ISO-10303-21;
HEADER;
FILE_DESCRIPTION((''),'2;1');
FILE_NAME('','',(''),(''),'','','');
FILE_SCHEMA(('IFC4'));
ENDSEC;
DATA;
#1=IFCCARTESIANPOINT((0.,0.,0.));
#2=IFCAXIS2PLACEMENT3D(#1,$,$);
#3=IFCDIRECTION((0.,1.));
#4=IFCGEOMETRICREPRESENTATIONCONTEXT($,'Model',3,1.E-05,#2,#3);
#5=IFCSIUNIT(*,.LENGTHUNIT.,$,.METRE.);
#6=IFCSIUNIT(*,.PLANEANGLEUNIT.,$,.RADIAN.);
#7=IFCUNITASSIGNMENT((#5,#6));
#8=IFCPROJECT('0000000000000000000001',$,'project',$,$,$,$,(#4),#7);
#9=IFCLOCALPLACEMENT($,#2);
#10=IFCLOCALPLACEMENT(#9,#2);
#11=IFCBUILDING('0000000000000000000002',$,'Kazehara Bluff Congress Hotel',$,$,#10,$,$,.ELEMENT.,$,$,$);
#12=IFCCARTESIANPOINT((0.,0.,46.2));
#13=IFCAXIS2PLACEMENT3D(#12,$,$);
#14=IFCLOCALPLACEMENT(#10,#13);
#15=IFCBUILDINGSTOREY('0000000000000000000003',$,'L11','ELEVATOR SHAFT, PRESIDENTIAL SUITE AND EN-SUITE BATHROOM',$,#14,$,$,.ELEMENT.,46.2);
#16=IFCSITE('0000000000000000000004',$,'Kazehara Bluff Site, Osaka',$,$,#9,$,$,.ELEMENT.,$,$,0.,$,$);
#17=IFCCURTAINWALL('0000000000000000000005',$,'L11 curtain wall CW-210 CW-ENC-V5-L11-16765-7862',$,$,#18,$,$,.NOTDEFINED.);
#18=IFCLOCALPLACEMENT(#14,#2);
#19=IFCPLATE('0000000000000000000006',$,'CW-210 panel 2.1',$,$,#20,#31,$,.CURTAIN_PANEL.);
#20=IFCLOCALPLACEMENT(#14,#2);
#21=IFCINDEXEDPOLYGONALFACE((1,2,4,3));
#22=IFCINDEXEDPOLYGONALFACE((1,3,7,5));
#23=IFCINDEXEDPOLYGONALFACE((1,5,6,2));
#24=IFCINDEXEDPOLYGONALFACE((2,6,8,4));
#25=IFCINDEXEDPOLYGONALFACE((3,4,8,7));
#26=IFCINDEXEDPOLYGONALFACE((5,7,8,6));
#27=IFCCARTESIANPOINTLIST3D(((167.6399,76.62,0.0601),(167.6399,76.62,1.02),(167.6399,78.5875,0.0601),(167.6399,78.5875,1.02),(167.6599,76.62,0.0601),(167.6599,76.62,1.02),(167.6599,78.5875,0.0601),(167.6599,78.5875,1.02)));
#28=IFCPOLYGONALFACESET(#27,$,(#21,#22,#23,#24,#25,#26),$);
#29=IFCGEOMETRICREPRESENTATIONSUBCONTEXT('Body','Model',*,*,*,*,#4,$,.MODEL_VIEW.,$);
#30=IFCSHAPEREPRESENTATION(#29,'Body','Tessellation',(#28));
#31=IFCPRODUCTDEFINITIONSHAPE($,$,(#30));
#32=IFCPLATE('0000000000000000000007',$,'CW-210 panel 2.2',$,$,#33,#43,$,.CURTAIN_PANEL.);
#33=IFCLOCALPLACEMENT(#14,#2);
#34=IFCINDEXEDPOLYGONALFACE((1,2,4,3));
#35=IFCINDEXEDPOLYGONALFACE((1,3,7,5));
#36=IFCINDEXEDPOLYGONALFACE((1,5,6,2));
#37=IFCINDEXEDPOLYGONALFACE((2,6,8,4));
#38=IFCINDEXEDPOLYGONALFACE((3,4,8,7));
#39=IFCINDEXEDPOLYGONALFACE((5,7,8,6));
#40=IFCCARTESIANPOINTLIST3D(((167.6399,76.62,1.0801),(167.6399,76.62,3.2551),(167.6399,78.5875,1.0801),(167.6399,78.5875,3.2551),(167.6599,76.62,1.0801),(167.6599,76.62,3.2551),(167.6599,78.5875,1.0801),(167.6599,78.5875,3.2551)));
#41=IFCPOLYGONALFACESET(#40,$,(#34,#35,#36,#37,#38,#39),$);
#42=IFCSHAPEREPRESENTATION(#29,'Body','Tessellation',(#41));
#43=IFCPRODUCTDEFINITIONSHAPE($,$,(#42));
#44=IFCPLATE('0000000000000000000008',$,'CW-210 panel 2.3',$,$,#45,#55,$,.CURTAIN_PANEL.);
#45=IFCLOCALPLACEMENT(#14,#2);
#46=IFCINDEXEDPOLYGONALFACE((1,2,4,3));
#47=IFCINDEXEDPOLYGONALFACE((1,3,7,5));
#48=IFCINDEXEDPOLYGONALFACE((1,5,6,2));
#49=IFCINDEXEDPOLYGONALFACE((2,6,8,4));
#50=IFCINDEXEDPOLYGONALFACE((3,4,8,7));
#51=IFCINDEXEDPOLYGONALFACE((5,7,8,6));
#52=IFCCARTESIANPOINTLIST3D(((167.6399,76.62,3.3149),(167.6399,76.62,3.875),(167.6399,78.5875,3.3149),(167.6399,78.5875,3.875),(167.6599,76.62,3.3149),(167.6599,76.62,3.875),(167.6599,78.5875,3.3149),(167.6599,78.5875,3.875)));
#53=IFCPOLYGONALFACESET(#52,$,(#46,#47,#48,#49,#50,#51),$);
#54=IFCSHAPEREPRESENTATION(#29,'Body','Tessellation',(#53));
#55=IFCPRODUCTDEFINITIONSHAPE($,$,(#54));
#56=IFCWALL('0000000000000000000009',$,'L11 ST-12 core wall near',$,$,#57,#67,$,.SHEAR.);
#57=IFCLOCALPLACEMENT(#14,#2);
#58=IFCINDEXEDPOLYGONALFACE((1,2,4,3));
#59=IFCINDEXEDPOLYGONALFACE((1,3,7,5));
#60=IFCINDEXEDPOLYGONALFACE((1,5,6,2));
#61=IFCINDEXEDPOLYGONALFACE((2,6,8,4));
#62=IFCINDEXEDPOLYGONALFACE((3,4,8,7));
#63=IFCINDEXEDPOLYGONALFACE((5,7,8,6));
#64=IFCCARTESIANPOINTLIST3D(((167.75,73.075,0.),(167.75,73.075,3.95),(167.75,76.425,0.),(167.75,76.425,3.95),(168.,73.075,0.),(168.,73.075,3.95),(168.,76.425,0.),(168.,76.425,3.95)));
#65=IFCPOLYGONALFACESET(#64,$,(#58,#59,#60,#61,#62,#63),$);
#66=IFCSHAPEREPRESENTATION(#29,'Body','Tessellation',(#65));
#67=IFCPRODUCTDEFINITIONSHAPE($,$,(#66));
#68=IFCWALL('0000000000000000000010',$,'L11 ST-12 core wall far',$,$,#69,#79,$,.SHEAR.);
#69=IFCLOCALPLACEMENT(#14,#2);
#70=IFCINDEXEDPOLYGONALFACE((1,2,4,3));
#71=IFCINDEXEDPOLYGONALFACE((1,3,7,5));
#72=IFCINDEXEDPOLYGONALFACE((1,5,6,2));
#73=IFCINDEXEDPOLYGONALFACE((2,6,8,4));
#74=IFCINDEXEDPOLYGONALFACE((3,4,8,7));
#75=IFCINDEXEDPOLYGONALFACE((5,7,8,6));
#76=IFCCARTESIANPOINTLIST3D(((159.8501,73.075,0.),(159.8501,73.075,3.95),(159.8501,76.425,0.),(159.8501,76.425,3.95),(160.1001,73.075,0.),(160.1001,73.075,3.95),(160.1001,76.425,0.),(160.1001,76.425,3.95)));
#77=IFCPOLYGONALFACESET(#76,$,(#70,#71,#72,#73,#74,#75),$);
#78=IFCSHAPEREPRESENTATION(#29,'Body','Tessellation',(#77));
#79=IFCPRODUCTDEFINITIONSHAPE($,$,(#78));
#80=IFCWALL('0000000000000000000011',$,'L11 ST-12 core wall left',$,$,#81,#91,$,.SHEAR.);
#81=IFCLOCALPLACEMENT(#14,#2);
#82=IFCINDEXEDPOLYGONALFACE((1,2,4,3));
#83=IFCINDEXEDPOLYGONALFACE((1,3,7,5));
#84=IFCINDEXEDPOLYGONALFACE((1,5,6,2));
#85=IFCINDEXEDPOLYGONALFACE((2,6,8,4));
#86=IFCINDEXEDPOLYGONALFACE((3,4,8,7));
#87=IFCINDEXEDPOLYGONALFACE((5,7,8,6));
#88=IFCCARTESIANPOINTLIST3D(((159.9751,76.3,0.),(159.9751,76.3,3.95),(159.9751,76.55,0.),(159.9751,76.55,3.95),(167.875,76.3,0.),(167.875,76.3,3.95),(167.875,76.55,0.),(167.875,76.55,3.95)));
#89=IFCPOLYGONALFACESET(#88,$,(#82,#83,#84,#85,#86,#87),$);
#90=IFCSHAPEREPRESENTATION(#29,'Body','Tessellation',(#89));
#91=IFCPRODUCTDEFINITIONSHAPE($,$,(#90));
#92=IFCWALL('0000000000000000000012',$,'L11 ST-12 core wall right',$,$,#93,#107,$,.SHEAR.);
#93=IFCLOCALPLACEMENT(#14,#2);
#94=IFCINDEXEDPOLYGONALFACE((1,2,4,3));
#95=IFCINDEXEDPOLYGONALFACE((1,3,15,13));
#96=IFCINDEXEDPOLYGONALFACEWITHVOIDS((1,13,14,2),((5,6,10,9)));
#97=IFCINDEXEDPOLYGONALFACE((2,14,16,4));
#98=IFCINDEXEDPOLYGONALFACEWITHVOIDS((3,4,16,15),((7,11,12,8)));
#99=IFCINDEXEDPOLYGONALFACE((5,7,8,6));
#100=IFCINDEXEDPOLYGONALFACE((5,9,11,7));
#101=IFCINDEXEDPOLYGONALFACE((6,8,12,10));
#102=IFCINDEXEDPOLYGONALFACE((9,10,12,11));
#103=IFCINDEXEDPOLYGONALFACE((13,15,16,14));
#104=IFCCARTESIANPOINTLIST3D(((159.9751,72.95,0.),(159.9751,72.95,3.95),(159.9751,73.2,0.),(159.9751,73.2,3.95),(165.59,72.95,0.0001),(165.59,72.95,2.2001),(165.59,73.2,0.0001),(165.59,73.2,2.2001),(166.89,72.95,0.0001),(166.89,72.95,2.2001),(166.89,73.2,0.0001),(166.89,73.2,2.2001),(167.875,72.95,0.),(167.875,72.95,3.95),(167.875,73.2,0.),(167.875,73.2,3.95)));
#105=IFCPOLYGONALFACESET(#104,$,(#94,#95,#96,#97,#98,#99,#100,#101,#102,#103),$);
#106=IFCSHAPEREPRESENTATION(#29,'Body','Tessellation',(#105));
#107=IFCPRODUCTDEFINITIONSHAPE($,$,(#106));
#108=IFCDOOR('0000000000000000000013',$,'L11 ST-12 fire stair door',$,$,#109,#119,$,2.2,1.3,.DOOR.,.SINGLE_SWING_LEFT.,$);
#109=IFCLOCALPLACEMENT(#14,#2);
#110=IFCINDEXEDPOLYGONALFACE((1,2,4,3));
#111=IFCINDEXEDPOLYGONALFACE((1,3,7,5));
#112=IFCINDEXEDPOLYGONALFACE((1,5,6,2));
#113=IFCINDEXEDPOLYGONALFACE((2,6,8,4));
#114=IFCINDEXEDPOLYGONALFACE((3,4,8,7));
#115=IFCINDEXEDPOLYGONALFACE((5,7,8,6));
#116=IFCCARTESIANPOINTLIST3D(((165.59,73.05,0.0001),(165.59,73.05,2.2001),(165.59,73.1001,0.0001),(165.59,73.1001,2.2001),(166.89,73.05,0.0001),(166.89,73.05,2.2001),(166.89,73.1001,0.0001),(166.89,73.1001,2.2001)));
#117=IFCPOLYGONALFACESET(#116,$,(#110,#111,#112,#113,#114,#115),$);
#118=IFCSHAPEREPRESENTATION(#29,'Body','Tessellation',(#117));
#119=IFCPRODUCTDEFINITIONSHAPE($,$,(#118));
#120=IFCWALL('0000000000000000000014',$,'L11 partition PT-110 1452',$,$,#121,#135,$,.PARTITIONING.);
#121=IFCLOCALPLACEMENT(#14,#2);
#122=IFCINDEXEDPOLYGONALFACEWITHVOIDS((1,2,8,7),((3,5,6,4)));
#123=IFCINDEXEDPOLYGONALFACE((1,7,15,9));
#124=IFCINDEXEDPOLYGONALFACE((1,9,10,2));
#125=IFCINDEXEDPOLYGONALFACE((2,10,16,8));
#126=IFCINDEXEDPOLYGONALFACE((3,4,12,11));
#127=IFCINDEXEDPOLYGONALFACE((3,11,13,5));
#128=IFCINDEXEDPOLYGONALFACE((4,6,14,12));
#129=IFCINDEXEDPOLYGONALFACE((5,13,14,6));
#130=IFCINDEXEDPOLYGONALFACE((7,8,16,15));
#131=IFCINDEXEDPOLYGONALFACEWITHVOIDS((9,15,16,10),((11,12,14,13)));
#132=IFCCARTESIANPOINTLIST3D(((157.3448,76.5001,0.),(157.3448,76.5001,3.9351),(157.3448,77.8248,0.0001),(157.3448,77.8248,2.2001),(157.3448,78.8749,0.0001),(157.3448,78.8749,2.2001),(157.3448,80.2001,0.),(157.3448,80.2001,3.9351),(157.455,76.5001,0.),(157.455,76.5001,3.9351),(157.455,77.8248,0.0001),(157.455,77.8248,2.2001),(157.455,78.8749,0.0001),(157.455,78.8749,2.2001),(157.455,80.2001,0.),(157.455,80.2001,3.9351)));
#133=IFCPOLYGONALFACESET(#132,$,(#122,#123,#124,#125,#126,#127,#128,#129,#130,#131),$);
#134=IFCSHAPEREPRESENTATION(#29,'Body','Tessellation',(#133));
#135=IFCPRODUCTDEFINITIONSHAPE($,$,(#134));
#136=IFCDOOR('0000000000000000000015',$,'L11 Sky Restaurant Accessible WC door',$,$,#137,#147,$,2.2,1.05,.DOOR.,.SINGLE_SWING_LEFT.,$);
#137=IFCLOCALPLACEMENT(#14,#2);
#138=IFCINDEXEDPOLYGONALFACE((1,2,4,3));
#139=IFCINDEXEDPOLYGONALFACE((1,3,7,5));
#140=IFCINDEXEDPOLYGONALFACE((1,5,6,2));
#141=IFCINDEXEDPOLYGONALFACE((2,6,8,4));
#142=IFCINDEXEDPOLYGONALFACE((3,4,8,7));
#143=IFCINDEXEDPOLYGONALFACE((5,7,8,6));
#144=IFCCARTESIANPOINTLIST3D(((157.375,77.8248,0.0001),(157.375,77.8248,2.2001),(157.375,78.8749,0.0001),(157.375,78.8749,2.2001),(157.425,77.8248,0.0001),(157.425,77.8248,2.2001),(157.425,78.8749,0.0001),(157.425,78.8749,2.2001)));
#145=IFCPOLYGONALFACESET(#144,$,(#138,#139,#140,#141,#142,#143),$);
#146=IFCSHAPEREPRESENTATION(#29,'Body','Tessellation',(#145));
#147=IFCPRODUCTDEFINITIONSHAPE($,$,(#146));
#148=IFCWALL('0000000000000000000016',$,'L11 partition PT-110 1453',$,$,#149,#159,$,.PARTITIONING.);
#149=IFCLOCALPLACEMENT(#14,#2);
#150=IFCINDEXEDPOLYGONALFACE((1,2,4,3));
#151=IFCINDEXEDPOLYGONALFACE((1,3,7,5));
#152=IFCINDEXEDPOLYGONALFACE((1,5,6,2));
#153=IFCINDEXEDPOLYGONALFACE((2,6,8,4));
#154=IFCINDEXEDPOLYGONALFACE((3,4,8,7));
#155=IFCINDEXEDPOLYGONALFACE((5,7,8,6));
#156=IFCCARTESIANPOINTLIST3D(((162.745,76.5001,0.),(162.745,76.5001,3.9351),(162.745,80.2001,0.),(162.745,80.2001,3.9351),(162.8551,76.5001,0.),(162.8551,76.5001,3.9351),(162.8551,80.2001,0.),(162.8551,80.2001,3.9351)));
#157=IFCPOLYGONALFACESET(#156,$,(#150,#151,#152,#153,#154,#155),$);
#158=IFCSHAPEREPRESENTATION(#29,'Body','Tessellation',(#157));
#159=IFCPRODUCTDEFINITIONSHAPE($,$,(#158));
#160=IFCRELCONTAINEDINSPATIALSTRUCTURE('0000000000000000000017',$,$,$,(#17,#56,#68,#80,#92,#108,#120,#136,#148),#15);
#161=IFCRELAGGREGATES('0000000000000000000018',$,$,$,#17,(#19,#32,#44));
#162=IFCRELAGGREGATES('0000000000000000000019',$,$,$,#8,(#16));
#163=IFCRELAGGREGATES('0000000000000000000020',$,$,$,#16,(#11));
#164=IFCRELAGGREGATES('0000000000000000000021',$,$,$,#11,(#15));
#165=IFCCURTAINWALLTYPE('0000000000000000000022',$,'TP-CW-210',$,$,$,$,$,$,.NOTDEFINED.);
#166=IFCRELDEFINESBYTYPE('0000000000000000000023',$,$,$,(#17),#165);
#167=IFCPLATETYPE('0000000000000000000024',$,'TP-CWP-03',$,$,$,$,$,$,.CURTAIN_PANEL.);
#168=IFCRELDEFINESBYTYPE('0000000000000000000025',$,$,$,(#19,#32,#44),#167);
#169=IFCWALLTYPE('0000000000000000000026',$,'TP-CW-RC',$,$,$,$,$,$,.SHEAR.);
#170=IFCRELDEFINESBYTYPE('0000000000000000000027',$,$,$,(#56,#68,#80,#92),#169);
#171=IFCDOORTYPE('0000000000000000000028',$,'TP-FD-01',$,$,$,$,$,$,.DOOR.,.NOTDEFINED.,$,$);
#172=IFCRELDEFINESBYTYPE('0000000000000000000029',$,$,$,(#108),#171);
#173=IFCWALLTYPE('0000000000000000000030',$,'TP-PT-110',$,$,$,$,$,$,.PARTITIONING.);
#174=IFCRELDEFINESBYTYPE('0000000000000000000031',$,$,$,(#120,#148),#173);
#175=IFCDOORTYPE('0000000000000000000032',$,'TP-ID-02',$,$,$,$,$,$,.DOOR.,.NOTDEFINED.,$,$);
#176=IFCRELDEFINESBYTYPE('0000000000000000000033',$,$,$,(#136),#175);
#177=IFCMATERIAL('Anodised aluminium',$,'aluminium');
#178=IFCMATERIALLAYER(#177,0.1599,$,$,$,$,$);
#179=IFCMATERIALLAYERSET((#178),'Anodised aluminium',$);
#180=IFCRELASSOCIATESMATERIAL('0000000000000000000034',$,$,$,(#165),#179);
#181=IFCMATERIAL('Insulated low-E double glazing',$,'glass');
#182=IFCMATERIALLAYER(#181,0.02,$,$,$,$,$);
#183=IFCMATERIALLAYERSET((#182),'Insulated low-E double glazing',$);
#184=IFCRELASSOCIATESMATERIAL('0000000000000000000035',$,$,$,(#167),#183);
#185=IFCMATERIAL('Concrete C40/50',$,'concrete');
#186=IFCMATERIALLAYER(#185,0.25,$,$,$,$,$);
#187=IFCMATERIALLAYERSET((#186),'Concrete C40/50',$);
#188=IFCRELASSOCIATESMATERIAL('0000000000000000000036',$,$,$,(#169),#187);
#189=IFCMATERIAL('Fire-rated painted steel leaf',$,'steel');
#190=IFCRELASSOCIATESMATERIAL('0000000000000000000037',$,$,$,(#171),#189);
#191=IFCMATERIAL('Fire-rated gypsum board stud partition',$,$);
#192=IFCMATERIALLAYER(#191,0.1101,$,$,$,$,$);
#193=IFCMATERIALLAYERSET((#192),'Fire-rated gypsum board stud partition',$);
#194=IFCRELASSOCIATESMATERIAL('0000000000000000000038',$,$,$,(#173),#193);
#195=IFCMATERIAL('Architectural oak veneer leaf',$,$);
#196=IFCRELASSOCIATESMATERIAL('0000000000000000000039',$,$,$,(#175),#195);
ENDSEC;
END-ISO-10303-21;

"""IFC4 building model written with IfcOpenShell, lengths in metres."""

from ifc_helpers import new_model, si_unit, direction, frame, frame_2d, origin, origin_2d, place, context, subcontext, project, spatial, rectangle, extrude, material, layer, layer_set, type_object, element, fill, aggregate, save


model = new_model("IFC4")

# Units and contexts
model_context = context("Model", 3, precision=1e-05, world=origin(), true_north=direction((0.0, 1.0)))
body_context = subcontext(model_context, "Body", "Model", "MODEL_VIEW")
ifc_project = project(units=[si_unit("LENGTHUNIT", "METRE"), si_unit("PLANEANGLEUNIT", "RADIAN")], contexts=[model_context])

# Site, building, storey
site_placement = place(None, origin())
site = spatial("IfcSite", under=ifc_project, at=site_placement, Name="Kazehara Bluff Site, Osaka", CompositionType="ELEMENT", RefElevation=0.0)
building_placement = place(site_placement, origin())
building = spatial("IfcBuilding", under=site, at=building_placement, Name="Kazehara Bluff Congress Hotel", CompositionType="ELEMENT")
storey_placement = place(building_placement, frame((0.0, 0.0, 46.2)))
storey = spatial("IfcBuildingStorey", under=building, at=storey_placement, Name="L11", Description="ELEVATOR SHAFT, PRESIDENTIAL SUITE AND EN-SUITE BATHROOM", CompositionType="ELEMENT", Elevation=46.2)

# Curtain wall
ifc_material_1 = material(Name="Anodised aluminium", Category="aluminium")
ifc_layer_1 = layer(ifc_material_1, 0.1599)
ifc_layer_set_1 = layer_set([ifc_layer_1], Name="Anodised aluminium")
curtain_wall_type_1 = type_object("IfcCurtainWallType", Name="TP-CW-210", PredefinedType="NOTDEFINED", material=ifc_layer_set_1)
curtain_wall_1_placement = place(storey_placement, origin())
curtain_wall_1 = element("IfcCurtainWall", 1, at=curtain_wall_1_placement, inside=storey, type_object=curtain_wall_type_1, Name="L11 curtain wall CW-210 CW-ENC-V5-L11-16765-7862", PredefinedType="NOTDEFINED")

# Plates
ifc_material_2 = material(Name="Insulated low-E double glazing", Category="glass")
ifc_layer_2 = layer(ifc_material_2, 0.02)
ifc_layer_set_2 = layer_set([ifc_layer_2], Name="Insulated low-E double glazing")
plate_type_1 = type_object("IfcPlateType", Name="TP-CWP-03", PredefinedType="CURTAIN_PANEL", material=ifc_layer_set_2)
plate_1_placement = place(storey_placement, frame((167.6499, 77.6038, 0.0601), z_axis=(0.0, 0.0, 1.0), x_axis=(0.0, -1.0, 0.0)))
plate_1 = element("IfcPlate", 2, at=plate_1_placement, type_object=plate_type_1, Name="CW-210 panel 2.1", PredefinedType="CURTAIN_PANEL", context=body_context, shape_type="SweptSolid", body=[
    extrude(rectangle(XDim=1.9675, YDim=0.02, at=origin_2d()), origin(), (0.0, 0.0, 1.0), 0.96),
])
plate_2_placement = place(storey_placement, frame((167.6499, 77.6038, 1.0801), z_axis=(0.0, 0.0, 1.0), x_axis=(0.0, -1.0, 0.0)))
plate_2 = element("IfcPlate", 3, at=plate_2_placement, type_object=plate_type_1, Name="CW-210 panel 2.2", PredefinedType="CURTAIN_PANEL", context=body_context, shape_type="SweptSolid", body=[
    extrude(rectangle(XDim=1.9675, YDim=0.02, at=origin_2d()), origin(), (0.0, 0.0, 1.0), 2.175),
])
plate_3_placement = place(storey_placement, frame((167.6499, 77.6038, 3.3149), z_axis=(0.0, 0.0, 1.0), x_axis=(0.0, -1.0, 0.0)))
plate_3 = element("IfcPlate", 4, at=plate_3_placement, type_object=plate_type_1, Name="CW-210 panel 2.3", PredefinedType="CURTAIN_PANEL", context=body_context, shape_type="SweptSolid", body=[
    extrude(rectangle(XDim=1.9675, YDim=0.02, at=origin_2d()), origin(), (0.0, 0.0, 1.0), 0.5601),
])
aggregate(curtain_wall_1, [plate_1, plate_2, plate_3])

# Walls
ifc_material_3 = material(Name="Concrete C40/50", Category="concrete")
ifc_layer_3 = layer(ifc_material_3, 0.25)
ifc_layer_set_3 = layer_set([ifc_layer_3], Name="Concrete C40/50")
wall_type_1 = type_object("IfcWallType", Name="TP-CW-RC", PredefinedType="SHEAR", material=ifc_layer_set_3)
for number, where, z_axis, x_axis, name in (
    (5, (167.875, 76.425, 0.0), (0.0, 0.0, 1.0), (0.0, -1.0, 0.0), "L11 ST-12 core wall near"),
    (6, (159.9751, 73.075, 0.0), (0.0, 0.0, 1.0), (0.0, 1.0, 0.0), "L11 ST-12 core wall far"),
):
    element("IfcWall", number, at=place(storey_placement, frame(where, z_axis=z_axis, x_axis=x_axis)), inside=storey, type_object=wall_type_1, Name=name, PredefinedType="SHEAR", context=body_context, shape_type="SweptSolid", body=[
        extrude(rectangle(XDim=3.3501, YDim=0.25, at=frame_2d((1.675, 0.0))), origin(), (0.0, 0.0, 1.0), 3.95),
    ])
wall_1_placement = place(storey_placement, frame((159.9751, 76.425, 0.0), z_axis=(0.0, 0.0, 1.0), x_axis=(1.0, 0.0, 0.0)))
element("IfcWall", 7, at=wall_1_placement, inside=storey, type_object=wall_type_1, Name="L11 ST-12 core wall left", PredefinedType="SHEAR", context=body_context, shape_type="SweptSolid", body=[
    extrude(rectangle(XDim=7.8999, YDim=0.25, at=frame_2d((3.95, 0.0))), origin(), (0.0, 0.0, 1.0), 3.95),
])

# Walls, openings, doors
wall_2_placement = place(storey_placement, frame((167.875, 73.075, 0.0), z_axis=(0.0, 0.0, 1.0), x_axis=(-1.0, 0.0, 0.0)))
wall_2 = element("IfcWall", 8, at=wall_2_placement, inside=storey, type_object=wall_type_1, Name="L11 ST-12 core wall right", PredefinedType="SHEAR", context=body_context, shape_type="SweptSolid", body=[
    extrude(rectangle(XDim=7.8999, YDim=0.25, at=frame_2d((3.95, 0.0))), origin(), (0.0, 0.0, 1.0), 3.95),
])
opening_1_placement = place(wall_2_placement, frame((0.9851, 0.0, 0.0)))
opening_1 = element("IfcOpeningElement", 9, at=opening_1_placement, cuts=wall_2, PredefinedType="OPENING", context=body_context, shape_type="SweptSolid", body=[
    extrude(rectangle(XDim=1.3, YDim=2.2, at=frame_2d((0.6499, 1.1001))), frame((0.0, 0.135, 0.0), z_axis=(0.0, -1.0, 0.0), x_axis=(1.0, 0.0, 0.0)), (0.0, 0.0, 1.0), 0.27),
])
ifc_material_4 = material(Name="Fire-rated painted steel leaf", Category="steel")
door_type_1 = type_object("IfcDoorType", Name="TP-FD-01", OperationType="NOTDEFINED", PredefinedType="DOOR", material=ifc_material_4)
door_1_placement = place(opening_1_placement, origin())
door_1 = element("IfcDoor", 10, at=door_1_placement, inside=storey, type_object=door_type_1, Name="L11 ST-12 fire stair door", OperationType="SINGLE_SWING_LEFT", OverallHeight=2.2, OverallWidth=1.3, PredefinedType="DOOR", context=body_context, shape_type="SweptSolid", body=[
    extrude(rectangle(XDim=1.3, YDim=2.2, at=frame_2d((0.6499, 1.1001))), frame((0.0, 0.0249, 0.0), z_axis=(0.0, -1.0, 0.0), x_axis=(1.0, 0.0, 0.0)), (0.0, 0.0, 1.0), 0.05),
])
fill(opening_1, door_1)
ifc_material_5 = material(Name="Fire-rated gypsum board stud partition")
ifc_layer_4 = layer(ifc_material_5, 0.1101)
ifc_layer_set_4 = layer_set([ifc_layer_4], Name="Fire-rated gypsum board stud partition")
wall_type_2 = type_object("IfcWallType", Name="TP-PT-110", PredefinedType="PARTITIONING", material=ifc_layer_set_4)
wall_3_placement = place(storey_placement, frame((157.3999, 76.5, 0.0), z_axis=(0.0, 0.0, 1.0), x_axis=(0.0, 1.0, 0.0)))
wall_3 = element("IfcWall", 11, at=wall_3_placement, inside=storey, type_object=wall_type_2, Name="L11 partition PT-110 1452", PredefinedType="PARTITIONING", context=body_context, shape_type="SweptSolid", body=[
    extrude(rectangle(XDim=3.7, YDim=0.1101, at=frame_2d((1.8501, 0.0))), origin(), (0.0, 0.0, 1.0), 3.9351),
])
opening_2_placement = place(wall_3_placement, frame((1.325, 0.0, 0.0)))
opening_2 = element("IfcOpeningElement", 12, at=opening_2_placement, cuts=wall_3, PredefinedType="OPENING", context=body_context, shape_type="SweptSolid", body=[
    extrude(rectangle(XDim=1.05, YDim=2.2, at=frame_2d((0.5249, 1.1001))), frame((0.0, 0.0649, 0.0), z_axis=(0.0, -1.0, 0.0), x_axis=(1.0, 0.0, 0.0)), (0.0, 0.0, 1.0), 0.1301),
])
ifc_material_6 = material(Name="Architectural oak veneer leaf")
door_type_2 = type_object("IfcDoorType", Name="TP-ID-02", OperationType="NOTDEFINED", PredefinedType="DOOR", material=ifc_material_6)
door_2_placement = place(opening_2_placement, origin())
door_2 = element("IfcDoor", 13, at=door_2_placement, inside=storey, type_object=door_type_2, Name="L11 Sky Restaurant Accessible WC door", OperationType="SINGLE_SWING_LEFT", OverallHeight=2.2, OverallWidth=1.05, PredefinedType="DOOR", context=body_context, shape_type="SweptSolid", body=[
    extrude(rectangle(XDim=1.05, YDim=2.2, at=frame_2d((0.5249, 1.1001))), frame((0.0, 0.0249, 0.0), z_axis=(0.0, -1.0, 0.0), x_axis=(1.0, 0.0, 0.0)), (0.0, 0.0, 1.0), 0.05),
])
fill(opening_2, door_2)

# Wall
wall_4_placement = place(storey_placement, frame((162.8, 76.5, 0.0), z_axis=(0.0, 0.0, 1.0), x_axis=(0.0, 1.0, 0.0)))
element("IfcWall", 14, at=wall_4_placement, inside=storey, type_object=wall_type_2, Name="L11 partition PT-110 1453", PredefinedType="PARTITIONING", context=body_context, shape_type="SweptSolid", body=[
    extrude(rectangle(XDim=3.7, YDim=0.1101, at=frame_2d((1.8501, 0.0))), origin(), (0.0, 0.0, 1.0), 3.9351),
])

save(model, "model.ifc")
